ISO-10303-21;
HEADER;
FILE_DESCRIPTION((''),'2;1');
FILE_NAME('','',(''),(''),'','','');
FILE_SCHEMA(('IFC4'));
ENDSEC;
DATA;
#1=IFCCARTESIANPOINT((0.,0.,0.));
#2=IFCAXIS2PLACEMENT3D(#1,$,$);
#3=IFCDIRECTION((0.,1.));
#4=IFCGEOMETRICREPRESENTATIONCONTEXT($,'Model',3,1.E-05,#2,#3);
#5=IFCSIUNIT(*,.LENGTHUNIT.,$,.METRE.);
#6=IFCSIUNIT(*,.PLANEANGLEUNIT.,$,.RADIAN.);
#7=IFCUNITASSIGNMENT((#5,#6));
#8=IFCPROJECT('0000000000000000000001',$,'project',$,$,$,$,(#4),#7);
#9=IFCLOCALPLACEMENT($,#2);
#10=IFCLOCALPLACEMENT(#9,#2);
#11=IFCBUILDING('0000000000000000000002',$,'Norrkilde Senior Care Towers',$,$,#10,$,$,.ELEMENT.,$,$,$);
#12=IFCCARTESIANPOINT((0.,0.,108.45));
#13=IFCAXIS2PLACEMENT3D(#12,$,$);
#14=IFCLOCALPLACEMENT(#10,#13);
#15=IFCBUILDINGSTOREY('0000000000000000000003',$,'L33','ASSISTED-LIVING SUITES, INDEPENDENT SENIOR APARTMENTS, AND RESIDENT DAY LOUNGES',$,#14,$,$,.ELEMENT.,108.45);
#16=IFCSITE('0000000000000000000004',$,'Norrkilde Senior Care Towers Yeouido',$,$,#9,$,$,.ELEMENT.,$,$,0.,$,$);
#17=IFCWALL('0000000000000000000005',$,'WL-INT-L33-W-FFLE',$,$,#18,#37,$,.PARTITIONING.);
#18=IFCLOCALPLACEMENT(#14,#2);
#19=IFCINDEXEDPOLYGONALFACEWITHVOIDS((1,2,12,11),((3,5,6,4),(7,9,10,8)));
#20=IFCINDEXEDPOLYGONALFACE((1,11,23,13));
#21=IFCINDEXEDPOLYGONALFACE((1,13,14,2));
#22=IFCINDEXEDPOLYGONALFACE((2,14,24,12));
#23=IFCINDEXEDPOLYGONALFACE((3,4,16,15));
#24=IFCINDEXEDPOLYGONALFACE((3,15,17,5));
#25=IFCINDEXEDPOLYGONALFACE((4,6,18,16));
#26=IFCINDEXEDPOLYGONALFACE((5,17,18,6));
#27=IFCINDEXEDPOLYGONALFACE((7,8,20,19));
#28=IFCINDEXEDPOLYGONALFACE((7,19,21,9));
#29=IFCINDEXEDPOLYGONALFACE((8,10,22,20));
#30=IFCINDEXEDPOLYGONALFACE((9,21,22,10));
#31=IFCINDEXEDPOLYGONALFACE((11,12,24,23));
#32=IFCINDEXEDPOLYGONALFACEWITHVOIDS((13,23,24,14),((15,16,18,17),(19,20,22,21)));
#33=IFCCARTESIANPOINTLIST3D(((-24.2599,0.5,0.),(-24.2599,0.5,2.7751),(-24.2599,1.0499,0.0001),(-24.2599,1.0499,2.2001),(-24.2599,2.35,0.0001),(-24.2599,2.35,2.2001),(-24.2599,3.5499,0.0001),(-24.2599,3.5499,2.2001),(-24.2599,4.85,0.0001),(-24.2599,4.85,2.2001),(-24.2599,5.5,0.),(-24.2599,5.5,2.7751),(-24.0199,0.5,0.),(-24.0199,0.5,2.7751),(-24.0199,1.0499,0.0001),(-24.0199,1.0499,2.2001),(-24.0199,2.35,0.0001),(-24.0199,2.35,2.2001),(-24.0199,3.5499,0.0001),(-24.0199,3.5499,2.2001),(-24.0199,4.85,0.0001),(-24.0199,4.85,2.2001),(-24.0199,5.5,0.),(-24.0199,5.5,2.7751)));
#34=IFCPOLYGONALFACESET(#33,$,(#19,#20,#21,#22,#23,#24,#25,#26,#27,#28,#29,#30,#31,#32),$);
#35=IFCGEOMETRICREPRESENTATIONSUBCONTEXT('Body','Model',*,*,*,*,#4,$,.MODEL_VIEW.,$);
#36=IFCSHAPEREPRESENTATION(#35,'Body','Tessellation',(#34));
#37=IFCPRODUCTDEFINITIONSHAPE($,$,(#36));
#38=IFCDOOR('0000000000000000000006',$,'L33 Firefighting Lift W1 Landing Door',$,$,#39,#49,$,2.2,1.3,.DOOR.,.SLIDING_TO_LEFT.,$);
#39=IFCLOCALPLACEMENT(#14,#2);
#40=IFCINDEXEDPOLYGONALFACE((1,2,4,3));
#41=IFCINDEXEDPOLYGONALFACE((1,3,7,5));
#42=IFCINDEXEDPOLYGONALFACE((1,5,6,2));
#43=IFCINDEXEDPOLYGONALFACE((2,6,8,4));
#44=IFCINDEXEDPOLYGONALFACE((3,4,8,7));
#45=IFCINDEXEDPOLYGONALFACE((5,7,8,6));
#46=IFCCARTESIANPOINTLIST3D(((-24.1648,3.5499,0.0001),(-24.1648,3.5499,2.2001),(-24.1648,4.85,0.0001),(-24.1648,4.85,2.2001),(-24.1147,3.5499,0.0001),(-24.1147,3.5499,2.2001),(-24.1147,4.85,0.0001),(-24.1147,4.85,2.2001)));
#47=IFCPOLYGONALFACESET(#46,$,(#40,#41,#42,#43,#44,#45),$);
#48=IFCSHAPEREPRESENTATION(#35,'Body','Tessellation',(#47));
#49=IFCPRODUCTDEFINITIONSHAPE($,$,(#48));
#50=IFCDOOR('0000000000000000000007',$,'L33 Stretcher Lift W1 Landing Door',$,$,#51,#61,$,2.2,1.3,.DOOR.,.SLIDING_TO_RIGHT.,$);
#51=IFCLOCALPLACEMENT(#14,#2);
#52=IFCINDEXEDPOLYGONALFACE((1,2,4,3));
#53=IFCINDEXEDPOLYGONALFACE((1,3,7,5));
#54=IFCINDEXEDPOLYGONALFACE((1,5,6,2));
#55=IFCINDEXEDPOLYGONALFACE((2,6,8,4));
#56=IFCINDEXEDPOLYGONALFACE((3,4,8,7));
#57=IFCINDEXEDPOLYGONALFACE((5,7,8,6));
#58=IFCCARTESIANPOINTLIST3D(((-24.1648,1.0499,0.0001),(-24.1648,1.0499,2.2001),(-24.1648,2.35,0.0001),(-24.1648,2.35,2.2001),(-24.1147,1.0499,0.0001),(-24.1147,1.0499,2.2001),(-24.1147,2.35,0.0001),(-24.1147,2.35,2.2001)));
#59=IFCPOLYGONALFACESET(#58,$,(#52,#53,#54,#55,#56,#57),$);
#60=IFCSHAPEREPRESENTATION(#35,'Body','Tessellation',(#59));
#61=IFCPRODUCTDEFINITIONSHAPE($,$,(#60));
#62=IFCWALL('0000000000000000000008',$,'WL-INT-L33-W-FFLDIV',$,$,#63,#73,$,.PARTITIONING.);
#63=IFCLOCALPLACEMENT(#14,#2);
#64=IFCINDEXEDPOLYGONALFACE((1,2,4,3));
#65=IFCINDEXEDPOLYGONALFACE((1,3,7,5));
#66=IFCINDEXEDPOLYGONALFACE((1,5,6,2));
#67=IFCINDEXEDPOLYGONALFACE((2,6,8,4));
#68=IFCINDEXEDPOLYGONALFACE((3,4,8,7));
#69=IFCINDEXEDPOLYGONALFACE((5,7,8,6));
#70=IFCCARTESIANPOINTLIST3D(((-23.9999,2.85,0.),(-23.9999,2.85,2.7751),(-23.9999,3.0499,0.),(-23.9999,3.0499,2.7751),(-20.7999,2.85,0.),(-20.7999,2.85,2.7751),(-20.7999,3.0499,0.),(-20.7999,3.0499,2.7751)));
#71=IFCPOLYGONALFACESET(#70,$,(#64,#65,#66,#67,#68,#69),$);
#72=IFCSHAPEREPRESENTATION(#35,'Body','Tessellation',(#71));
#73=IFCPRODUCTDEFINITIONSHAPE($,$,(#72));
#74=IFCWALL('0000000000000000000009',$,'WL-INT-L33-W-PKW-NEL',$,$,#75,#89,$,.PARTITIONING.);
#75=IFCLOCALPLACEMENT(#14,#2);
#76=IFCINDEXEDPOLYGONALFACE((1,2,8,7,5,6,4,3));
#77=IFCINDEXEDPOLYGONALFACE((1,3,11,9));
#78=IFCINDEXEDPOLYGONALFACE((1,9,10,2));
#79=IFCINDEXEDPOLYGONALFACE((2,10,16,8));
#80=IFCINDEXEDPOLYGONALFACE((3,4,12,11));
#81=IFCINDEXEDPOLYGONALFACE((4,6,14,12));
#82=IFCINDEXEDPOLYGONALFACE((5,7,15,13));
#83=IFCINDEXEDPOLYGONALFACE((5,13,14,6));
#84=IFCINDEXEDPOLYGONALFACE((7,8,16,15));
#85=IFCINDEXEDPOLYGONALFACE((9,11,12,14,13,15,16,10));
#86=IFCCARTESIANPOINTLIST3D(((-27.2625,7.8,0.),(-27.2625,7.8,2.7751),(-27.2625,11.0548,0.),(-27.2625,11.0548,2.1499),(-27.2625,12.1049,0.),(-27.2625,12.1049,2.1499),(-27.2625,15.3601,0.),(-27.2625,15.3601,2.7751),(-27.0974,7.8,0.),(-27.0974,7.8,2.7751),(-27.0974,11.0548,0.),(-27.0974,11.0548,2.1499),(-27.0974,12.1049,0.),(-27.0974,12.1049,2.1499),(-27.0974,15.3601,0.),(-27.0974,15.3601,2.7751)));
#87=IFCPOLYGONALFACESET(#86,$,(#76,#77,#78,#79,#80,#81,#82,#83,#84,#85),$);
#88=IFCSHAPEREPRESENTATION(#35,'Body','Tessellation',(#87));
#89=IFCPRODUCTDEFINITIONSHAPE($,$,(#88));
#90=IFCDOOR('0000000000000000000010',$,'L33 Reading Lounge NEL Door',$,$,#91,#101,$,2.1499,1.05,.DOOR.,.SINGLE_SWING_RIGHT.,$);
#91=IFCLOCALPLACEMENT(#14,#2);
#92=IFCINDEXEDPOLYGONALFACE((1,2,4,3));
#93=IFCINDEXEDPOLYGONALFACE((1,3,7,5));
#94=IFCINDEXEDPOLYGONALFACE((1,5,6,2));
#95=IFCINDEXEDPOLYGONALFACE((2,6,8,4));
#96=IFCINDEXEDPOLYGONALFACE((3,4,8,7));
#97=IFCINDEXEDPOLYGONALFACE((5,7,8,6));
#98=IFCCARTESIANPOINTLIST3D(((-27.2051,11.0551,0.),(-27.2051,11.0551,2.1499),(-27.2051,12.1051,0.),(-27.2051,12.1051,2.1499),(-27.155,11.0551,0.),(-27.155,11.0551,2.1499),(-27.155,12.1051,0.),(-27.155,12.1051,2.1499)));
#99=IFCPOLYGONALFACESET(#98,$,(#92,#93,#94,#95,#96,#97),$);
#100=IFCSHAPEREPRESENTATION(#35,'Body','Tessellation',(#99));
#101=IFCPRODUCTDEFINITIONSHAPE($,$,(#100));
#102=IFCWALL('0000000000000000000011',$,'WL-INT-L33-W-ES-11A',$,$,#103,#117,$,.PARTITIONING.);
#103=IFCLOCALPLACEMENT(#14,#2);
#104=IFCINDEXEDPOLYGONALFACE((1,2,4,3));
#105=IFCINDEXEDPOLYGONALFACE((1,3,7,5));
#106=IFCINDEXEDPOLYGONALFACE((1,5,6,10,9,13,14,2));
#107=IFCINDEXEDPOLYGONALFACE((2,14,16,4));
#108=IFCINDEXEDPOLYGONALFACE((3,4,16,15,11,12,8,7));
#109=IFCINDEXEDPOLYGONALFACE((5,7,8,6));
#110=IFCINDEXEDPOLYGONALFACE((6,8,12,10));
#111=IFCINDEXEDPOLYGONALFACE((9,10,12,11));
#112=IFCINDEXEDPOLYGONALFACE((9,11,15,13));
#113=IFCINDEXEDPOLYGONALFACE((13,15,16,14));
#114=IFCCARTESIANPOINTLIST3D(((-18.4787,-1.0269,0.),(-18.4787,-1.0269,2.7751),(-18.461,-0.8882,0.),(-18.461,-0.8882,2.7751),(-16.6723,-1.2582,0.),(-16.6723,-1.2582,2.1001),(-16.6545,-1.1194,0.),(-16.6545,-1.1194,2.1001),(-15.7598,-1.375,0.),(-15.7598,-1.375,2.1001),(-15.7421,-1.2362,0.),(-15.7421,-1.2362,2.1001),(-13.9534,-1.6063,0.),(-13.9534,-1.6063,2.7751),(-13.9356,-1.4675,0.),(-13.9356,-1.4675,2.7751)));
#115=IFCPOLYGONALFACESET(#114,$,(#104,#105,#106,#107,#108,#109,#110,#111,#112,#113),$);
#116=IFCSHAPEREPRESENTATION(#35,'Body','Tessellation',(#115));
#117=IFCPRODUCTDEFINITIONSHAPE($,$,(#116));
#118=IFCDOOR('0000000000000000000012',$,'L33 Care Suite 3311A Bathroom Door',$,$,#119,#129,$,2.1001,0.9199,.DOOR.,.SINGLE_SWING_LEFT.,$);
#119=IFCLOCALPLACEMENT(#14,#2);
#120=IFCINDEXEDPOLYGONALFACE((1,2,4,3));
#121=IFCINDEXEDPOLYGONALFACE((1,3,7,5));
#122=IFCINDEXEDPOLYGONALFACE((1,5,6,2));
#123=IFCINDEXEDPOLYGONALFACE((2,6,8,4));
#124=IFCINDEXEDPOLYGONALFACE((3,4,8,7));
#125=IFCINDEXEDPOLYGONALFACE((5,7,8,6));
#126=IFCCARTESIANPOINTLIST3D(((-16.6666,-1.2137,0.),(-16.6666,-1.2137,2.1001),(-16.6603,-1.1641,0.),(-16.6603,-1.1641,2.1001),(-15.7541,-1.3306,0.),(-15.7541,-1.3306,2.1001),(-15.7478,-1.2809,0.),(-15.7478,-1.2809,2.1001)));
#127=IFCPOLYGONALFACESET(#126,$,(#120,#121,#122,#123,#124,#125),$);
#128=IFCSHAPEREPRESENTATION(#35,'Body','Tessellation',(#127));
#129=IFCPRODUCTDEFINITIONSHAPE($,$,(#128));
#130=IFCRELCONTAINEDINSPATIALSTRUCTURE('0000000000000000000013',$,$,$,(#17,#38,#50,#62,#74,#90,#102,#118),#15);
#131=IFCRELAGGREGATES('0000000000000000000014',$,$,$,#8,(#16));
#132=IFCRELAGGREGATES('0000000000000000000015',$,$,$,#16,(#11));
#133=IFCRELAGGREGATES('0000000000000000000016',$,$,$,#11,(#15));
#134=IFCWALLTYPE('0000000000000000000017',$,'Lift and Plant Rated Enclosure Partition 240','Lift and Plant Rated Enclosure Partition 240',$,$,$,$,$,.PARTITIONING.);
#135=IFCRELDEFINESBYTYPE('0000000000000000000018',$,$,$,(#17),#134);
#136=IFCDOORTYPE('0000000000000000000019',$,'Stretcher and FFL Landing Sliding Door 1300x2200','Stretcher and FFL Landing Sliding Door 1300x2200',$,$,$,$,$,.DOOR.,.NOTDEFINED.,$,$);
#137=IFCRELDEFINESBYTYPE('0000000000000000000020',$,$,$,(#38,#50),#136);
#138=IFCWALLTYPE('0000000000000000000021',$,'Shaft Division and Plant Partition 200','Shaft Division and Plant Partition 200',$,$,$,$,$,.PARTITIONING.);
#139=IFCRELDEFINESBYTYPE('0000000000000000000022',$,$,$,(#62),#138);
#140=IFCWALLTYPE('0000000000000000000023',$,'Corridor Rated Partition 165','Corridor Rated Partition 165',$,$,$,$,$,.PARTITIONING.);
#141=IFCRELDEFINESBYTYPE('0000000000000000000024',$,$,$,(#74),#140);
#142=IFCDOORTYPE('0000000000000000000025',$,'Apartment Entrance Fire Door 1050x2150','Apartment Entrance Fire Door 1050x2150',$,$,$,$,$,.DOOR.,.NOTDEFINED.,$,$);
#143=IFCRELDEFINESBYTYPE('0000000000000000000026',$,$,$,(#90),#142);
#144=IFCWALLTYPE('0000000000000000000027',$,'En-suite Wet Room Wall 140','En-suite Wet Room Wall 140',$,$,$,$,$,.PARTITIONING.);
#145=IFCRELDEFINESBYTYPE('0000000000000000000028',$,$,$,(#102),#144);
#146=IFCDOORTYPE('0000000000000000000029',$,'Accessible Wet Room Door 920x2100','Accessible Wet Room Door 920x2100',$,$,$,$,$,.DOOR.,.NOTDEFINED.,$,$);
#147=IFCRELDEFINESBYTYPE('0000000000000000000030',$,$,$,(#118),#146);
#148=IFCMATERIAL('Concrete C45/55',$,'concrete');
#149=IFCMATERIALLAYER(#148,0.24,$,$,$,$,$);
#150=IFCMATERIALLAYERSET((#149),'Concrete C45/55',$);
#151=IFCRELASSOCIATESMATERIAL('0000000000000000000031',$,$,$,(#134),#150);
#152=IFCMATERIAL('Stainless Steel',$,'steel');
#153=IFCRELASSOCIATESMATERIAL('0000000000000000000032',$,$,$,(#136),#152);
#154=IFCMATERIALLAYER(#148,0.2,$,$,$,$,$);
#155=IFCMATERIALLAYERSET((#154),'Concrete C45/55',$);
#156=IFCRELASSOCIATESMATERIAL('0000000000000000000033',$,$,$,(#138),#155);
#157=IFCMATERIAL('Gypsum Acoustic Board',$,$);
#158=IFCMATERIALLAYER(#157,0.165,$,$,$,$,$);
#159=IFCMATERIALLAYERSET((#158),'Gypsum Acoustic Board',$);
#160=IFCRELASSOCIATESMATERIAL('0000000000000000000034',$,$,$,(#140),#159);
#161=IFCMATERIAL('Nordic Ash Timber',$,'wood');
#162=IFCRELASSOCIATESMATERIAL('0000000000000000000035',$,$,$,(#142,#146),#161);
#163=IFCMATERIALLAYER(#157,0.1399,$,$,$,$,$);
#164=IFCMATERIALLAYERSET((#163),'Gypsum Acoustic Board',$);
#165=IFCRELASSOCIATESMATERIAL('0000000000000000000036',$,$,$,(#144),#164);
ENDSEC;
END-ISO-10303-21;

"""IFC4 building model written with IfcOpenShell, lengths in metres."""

from ifc_helpers import new_model, si_unit, direction, frame, frame_2d, origin, place, context, subcontext, project, spatial, rectangle, extrude, source, transform, mapped, material, layer, layer_set, type_object, type_shapes, element, fill, save


model = new_model("IFC4")

# Units and contexts
model_context = context("Model", 3, precision=1e-05, world=origin(), true_north=direction((0.0, 1.0)))
body_context = subcontext(model_context, "Body", "Model", "MODEL_VIEW")
ifc_project = project(units=[si_unit("LENGTHUNIT", "METRE"), si_unit("PLANEANGLEUNIT", "RADIAN")], contexts=[model_context])

# Site, building, storey
site_placement = place(None, origin())
site = spatial("IfcSite", under=ifc_project, at=site_placement, Name="Norrkilde Senior Care Towers Yeouido", CompositionType="ELEMENT", RefElevation=0.0)
building_placement = place(site_placement, origin())
building = spatial("IfcBuilding", under=site, at=building_placement, Name="Norrkilde Senior Care Towers", CompositionType="ELEMENT")
storey_placement = place(building_placement, frame((0.0, 0.0, 108.45)))
storey = spatial("IfcBuildingStorey", under=building, at=storey_placement, Name="L33", Description="ASSISTED-LIVING SUITES, INDEPENDENT SENIOR APARTMENTS, AND RESIDENT DAY LOUNGES", CompositionType="ELEMENT", Elevation=108.45)

# Wall, openings, doors
ifc_material_1 = material(Name="Concrete C45/55", Category="concrete")
ifc_layer_1 = layer(ifc_material_1, 0.24)
ifc_layer_set_1 = layer_set([ifc_layer_1], Name="Concrete C45/55")
wall_type_1 = type_object("IfcWallType", Name="Lift and Plant Rated Enclosure Partition 240", Description="Lift and Plant Rated Enclosure Partition 240", PredefinedType="PARTITIONING", material=ifc_layer_set_1)
shared_shape_1 = source(origin(), body_context, "Body", "SweptSolid", [
    extrude(rectangle(XDim=5.0, YDim=0.24, at=frame_2d((2.5, 0.0))), origin(), (0.0, 0.0, 1.0), 2.7751),
])
type_shapes(wall_type_1, [shared_shape_1])
wall_1_placement = place(storey_placement, frame((-24.1399, 0.5, 0.0), z_axis=(0.0, 0.0, 1.0), x_axis=(0.0, 1.0, 0.0)))
wall_1 = element("IfcWall", 1, at=wall_1_placement, inside=storey, type_object=wall_type_1, Name="WL-INT-L33-W-FFLE", PredefinedType="PARTITIONING", context=body_context, shape_type="MappedRepresentation", body=[
    mapped(shared_shape_1, transform((0.0, 0.0, 0.0), x_axis=(1.0, 0.0, 0.0), y_axis=(0.0, 1.0, 0.0), z_axis=(0.0, 0.0, 1.0), scale=1.0)),
])
opening_1_placement = place(wall_1_placement, frame((3.05, 0.0, 0.0)))
opening_1 = element("IfcOpeningElement", 2, at=opening_1_placement, cuts=wall_1, PredefinedType="OPENING", context=body_context, shape_type="SweptSolid", body=[
    extrude(rectangle(XDim=1.3, YDim=2.2, at=frame_2d((0.6499, 1.1001))), frame((0.0, 0.1299, 0.0), z_axis=(0.0, -1.0, 0.0), x_axis=(1.0, 0.0, 0.0)), (0.0, 0.0, 1.0), 0.26),
])
opening_2_placement = place(wall_1_placement, frame((0.55, 0.0, 0.0)))
opening_2 = element("IfcOpeningElement", 3, at=opening_2_placement, cuts=wall_1, PredefinedType="OPENING", context=body_context, shape_type="SweptSolid", body=[
    extrude(rectangle(XDim=1.3, YDim=2.2, at=frame_2d((0.6499, 1.1001))), frame((0.0, 0.1299, 0.0), z_axis=(0.0, -1.0, 0.0), x_axis=(1.0, 0.0, 0.0)), (0.0, 0.0, 1.0), 0.26),
])
ifc_material_2 = material(Name="Stainless Steel", Category="steel")
door_type_1 = type_object("IfcDoorType", Name="Stretcher and FFL Landing Sliding Door 1300x2200", Description="Stretcher and FFL Landing Sliding Door 1300x2200", OperationType="NOTDEFINED", PredefinedType="DOOR", material=ifc_material_2)
shared_shape_2 = source(origin(), body_context, "Body", "SweptSolid", [
    extrude(rectangle(XDim=1.3, YDim=2.2, at=frame_2d((0.6499, 1.1001))), frame((0.0, 0.0249, 0.0), z_axis=(0.0, -1.0, 0.0), x_axis=(1.0, 0.0, 0.0)), (0.0, 0.0, 1.0), 0.05),
])
type_shapes(door_type_1, [shared_shape_2])
door_1_placement = place(opening_1_placement, origin())
door_1 = element("IfcDoor", 4, at=door_1_placement, inside=storey, type_object=door_type_1, Name="L33 Firefighting Lift W1 Landing Door", OperationType="SLIDING_TO_LEFT", OverallHeight=2.2, OverallWidth=1.3, PredefinedType="DOOR", context=body_context, shape_type="MappedRepresentation", body=[
    mapped(shared_shape_2, transform((0.0, 0.0, 0.0), x_axis=(1.0, 0.0, 0.0), y_axis=(0.0, 1.0, 0.0), z_axis=(0.0, 0.0, 1.0), scale=1.0)),
])
fill(opening_1, door_1)
door_2_placement = place(opening_2_placement, origin())
door_2 = element("IfcDoor", 5, at=door_2_placement, inside=storey, type_object=door_type_1, Name="L33 Stretcher Lift W1 Landing Door", OperationType="SLIDING_TO_RIGHT", OverallHeight=2.2, OverallWidth=1.3, PredefinedType="DOOR", context=body_context, shape_type="MappedRepresentation", body=[
    mapped(shared_shape_2, transform((0.0, 0.0, 0.0), x_axis=(1.0, 0.0, 0.0), y_axis=(0.0, 1.0, 0.0), z_axis=(0.0, 0.0, 1.0), scale=1.0)),
])
fill(opening_2, door_2)

# Wall
ifc_layer_2 = layer(ifc_material_1, 0.2)
ifc_layer_set_2 = layer_set([ifc_layer_2], Name="Concrete C45/55")
wall_type_2 = type_object("IfcWallType", Name="Shaft Division and Plant Partition 200", Description="Shaft Division and Plant Partition 200", PredefinedType="PARTITIONING", material=ifc_layer_set_2)
shared_shape_3 = source(origin(), body_context, "Body", "SweptSolid", [
    extrude(rectangle(XDim=3.2, YDim=0.2, at=frame_2d((1.6001, 0.0))), origin(), (0.0, 0.0, 1.0), 2.7751),
])
type_shapes(wall_type_2, [shared_shape_3])
wall_2_placement = place(storey_placement, frame((-24.0, 2.95, 0.0), z_axis=(0.0, 0.0, 1.0), x_axis=(1.0, 0.0, 0.0)))
element("IfcWall", 6, at=wall_2_placement, inside=storey, type_object=wall_type_2, Name="WL-INT-L33-W-FFLDIV", PredefinedType="PARTITIONING", context=body_context, shape_type="MappedRepresentation", body=[
    mapped(shared_shape_3, transform((0.0, 0.0, 0.0), x_axis=(1.0, 0.0, 0.0), y_axis=(0.0, 1.0, 0.0), z_axis=(0.0, 0.0, 1.0), scale=1.0)),
])

# Walls, openings, doors
ifc_material_3 = material(Name="Gypsum Acoustic Board")
ifc_layer_3 = layer(ifc_material_3, 0.165)
ifc_layer_set_3 = layer_set([ifc_layer_3], Name="Gypsum Acoustic Board")
wall_type_3 = type_object("IfcWallType", Name="Corridor Rated Partition 165", Description="Corridor Rated Partition 165", PredefinedType="PARTITIONING", material=ifc_layer_set_3)
shared_shape_4 = source(origin(), body_context, "Body", "SweptSolid", [
    extrude(rectangle(XDim=7.5601, YDim=0.165, at=frame_2d((3.78, 0.0))), origin(), (0.0, 0.0, 1.0), 2.7751),
])
type_shapes(wall_type_3, [shared_shape_4])
wall_3_placement = place(storey_placement, frame((-27.1799, 7.8, 0.0), z_axis=(0.0, 0.0, 1.0), x_axis=(0.0, 1.0, 0.0)))
wall_3 = element("IfcWall", 7, at=wall_3_placement, inside=storey, type_object=wall_type_3, Name="WL-INT-L33-W-PKW-NEL", PredefinedType="PARTITIONING", context=body_context, shape_type="MappedRepresentation", body=[
    mapped(shared_shape_4, transform((0.0, 0.0, 0.0), x_axis=(1.0, 0.0, 0.0), y_axis=(0.0, 1.0, 0.0), z_axis=(0.0, 0.0, 1.0), scale=1.0)),
])
opening_3_placement = place(wall_3_placement, frame((3.2549, 0.0, 0.0)))
opening_3 = element("IfcOpeningElement", 8, at=opening_3_placement, cuts=wall_3, PredefinedType="OPENING", context=body_context, shape_type="SweptSolid", body=[
    extrude(rectangle(XDim=1.05, YDim=2.1499, at=frame_2d((0.5249, 1.075))), frame((0.0, 0.0925, 0.0), z_axis=(0.0, -1.0, 0.0), x_axis=(1.0, 0.0, 0.0)), (0.0, 0.0, 1.0), 0.1851),
])
ifc_material_4 = material(Name="Nordic Ash Timber", Category="wood")
door_type_2 = type_object("IfcDoorType", Name="Apartment Entrance Fire Door 1050x2150", Description="Apartment Entrance Fire Door 1050x2150", OperationType="NOTDEFINED", PredefinedType="DOOR", material=ifc_material_4)
shared_shape_5 = source(origin(), body_context, "Body", "SweptSolid", [
    extrude(rectangle(XDim=1.05, YDim=2.1499, at=frame_2d((0.5249, 1.075))), frame((0.0, 0.0249, 0.0), z_axis=(0.0, -1.0, 0.0), x_axis=(1.0, 0.0, 0.0)), (0.0, 0.0, 1.0), 0.05),
])
type_shapes(door_type_2, [shared_shape_5])
door_3_placement = place(opening_3_placement, frame((1.05, 0.0, 0.0), z_axis=(0.0, 0.0, 1.0), x_axis=(-1.0, 0.0, 0.0)))
door_3 = element("IfcDoor", 9, at=door_3_placement, inside=storey, type_object=door_type_2, Name="L33 Reading Lounge NEL Door", OperationType="SINGLE_SWING_RIGHT", OverallHeight=2.1499, OverallWidth=1.05, PredefinedType="DOOR", context=body_context, shape_type="MappedRepresentation", body=[
    mapped(shared_shape_5, transform((0.0, 0.0, 0.0), x_axis=(1.0, 0.0, 0.0), y_axis=(0.0, 1.0, 0.0), z_axis=(0.0, 0.0, 1.0), scale=1.0)),
])
fill(opening_3, door_3)
ifc_layer_4 = layer(ifc_material_3, 0.1399)
ifc_layer_set_4 = layer_set([ifc_layer_4], Name="Gypsum Acoustic Board")
wall_type_4 = type_object("IfcWallType", Name="En-suite Wet Room Wall 140", Description="En-suite Wet Room Wall 140", PredefinedType="PARTITIONING", material=ifc_layer_set_4)
shared_shape_6 = source(origin(), body_context, "Body", "SweptSolid", [
    extrude(rectangle(XDim=4.5623, YDim=0.1399, at=frame_2d((2.2812, 0.0))), origin(), (0.0, 0.0, 1.0), 2.7751),
])
type_shapes(wall_type_4, [shared_shape_6])
wall_4_placement = place(storey_placement, frame((-18.47, -0.9575, 0.0), z_axis=(0.0, 0.0, 1.0), x_axis=(0.991905, -0.126985, 0.0)))
wall_4 = element("IfcWall", 10, at=wall_4_placement, inside=storey, type_object=wall_type_4, Name="WL-INT-L33-W-ES-11A", PredefinedType="PARTITIONING", context=body_context, shape_type="MappedRepresentation", body=[
    mapped(shared_shape_6, transform((0.0, 0.0, 0.0), x_axis=(1.0, 0.0, 0.0), y_axis=(0.0, 1.0, 0.0), z_axis=(0.0, 0.0, 1.0), scale=1.0)),
])
opening_4_placement = place(wall_4_placement, frame((1.8213, 0.0, 0.0)))
opening_4 = element("IfcOpeningElement", 11, at=opening_4_placement, cuts=wall_4, PredefinedType="OPENING", context=body_context, shape_type="SweptSolid", body=[
    extrude(rectangle(XDim=0.9199, YDim=2.1001, at=frame_2d((0.46, 1.05))), frame((0.0, 0.0798, 0.0), z_axis=(0.0, -1.0, 0.0), x_axis=(1.0, 0.0, 0.0)), (0.0, 0.0, 1.0), 0.1599),
])
door_type_3 = type_object("IfcDoorType", Name="Accessible Wet Room Door 920x2100", Description="Accessible Wet Room Door 920x2100", OperationType="NOTDEFINED", PredefinedType="DOOR", material=ifc_material_4)
shared_shape_7 = source(origin(), body_context, "Body", "SweptSolid", [
    extrude(rectangle(XDim=0.9199, YDim=2.1001, at=frame_2d((0.46, 1.05))), frame((0.0, 0.0249, 0.0), z_axis=(0.0, -1.0, 0.0), x_axis=(1.0, 0.0, 0.0)), (0.0, 0.0, 1.0), 0.05),
])
type_shapes(door_type_3, [shared_shape_7])
door_4_placement = place(opening_4_placement, origin())
door_4 = element("IfcDoor", 12, at=door_4_placement, inside=storey, type_object=door_type_3, Name="L33 Care Suite 3311A Bathroom Door", OperationType="SINGLE_SWING_LEFT", OverallHeight=2.1001, OverallWidth=0.9199, PredefinedType="DOOR", context=body_context, shape_type="MappedRepresentation", body=[
    mapped(shared_shape_7, transform((0.0, 0.0, 0.0), x_axis=(1.0, 0.0, 0.0), y_axis=(0.0, 1.0, 0.0), z_axis=(0.0, 0.0, 1.0), scale=1.0)),
])
fill(opening_4, door_4)

save(model, "model.ifc")
